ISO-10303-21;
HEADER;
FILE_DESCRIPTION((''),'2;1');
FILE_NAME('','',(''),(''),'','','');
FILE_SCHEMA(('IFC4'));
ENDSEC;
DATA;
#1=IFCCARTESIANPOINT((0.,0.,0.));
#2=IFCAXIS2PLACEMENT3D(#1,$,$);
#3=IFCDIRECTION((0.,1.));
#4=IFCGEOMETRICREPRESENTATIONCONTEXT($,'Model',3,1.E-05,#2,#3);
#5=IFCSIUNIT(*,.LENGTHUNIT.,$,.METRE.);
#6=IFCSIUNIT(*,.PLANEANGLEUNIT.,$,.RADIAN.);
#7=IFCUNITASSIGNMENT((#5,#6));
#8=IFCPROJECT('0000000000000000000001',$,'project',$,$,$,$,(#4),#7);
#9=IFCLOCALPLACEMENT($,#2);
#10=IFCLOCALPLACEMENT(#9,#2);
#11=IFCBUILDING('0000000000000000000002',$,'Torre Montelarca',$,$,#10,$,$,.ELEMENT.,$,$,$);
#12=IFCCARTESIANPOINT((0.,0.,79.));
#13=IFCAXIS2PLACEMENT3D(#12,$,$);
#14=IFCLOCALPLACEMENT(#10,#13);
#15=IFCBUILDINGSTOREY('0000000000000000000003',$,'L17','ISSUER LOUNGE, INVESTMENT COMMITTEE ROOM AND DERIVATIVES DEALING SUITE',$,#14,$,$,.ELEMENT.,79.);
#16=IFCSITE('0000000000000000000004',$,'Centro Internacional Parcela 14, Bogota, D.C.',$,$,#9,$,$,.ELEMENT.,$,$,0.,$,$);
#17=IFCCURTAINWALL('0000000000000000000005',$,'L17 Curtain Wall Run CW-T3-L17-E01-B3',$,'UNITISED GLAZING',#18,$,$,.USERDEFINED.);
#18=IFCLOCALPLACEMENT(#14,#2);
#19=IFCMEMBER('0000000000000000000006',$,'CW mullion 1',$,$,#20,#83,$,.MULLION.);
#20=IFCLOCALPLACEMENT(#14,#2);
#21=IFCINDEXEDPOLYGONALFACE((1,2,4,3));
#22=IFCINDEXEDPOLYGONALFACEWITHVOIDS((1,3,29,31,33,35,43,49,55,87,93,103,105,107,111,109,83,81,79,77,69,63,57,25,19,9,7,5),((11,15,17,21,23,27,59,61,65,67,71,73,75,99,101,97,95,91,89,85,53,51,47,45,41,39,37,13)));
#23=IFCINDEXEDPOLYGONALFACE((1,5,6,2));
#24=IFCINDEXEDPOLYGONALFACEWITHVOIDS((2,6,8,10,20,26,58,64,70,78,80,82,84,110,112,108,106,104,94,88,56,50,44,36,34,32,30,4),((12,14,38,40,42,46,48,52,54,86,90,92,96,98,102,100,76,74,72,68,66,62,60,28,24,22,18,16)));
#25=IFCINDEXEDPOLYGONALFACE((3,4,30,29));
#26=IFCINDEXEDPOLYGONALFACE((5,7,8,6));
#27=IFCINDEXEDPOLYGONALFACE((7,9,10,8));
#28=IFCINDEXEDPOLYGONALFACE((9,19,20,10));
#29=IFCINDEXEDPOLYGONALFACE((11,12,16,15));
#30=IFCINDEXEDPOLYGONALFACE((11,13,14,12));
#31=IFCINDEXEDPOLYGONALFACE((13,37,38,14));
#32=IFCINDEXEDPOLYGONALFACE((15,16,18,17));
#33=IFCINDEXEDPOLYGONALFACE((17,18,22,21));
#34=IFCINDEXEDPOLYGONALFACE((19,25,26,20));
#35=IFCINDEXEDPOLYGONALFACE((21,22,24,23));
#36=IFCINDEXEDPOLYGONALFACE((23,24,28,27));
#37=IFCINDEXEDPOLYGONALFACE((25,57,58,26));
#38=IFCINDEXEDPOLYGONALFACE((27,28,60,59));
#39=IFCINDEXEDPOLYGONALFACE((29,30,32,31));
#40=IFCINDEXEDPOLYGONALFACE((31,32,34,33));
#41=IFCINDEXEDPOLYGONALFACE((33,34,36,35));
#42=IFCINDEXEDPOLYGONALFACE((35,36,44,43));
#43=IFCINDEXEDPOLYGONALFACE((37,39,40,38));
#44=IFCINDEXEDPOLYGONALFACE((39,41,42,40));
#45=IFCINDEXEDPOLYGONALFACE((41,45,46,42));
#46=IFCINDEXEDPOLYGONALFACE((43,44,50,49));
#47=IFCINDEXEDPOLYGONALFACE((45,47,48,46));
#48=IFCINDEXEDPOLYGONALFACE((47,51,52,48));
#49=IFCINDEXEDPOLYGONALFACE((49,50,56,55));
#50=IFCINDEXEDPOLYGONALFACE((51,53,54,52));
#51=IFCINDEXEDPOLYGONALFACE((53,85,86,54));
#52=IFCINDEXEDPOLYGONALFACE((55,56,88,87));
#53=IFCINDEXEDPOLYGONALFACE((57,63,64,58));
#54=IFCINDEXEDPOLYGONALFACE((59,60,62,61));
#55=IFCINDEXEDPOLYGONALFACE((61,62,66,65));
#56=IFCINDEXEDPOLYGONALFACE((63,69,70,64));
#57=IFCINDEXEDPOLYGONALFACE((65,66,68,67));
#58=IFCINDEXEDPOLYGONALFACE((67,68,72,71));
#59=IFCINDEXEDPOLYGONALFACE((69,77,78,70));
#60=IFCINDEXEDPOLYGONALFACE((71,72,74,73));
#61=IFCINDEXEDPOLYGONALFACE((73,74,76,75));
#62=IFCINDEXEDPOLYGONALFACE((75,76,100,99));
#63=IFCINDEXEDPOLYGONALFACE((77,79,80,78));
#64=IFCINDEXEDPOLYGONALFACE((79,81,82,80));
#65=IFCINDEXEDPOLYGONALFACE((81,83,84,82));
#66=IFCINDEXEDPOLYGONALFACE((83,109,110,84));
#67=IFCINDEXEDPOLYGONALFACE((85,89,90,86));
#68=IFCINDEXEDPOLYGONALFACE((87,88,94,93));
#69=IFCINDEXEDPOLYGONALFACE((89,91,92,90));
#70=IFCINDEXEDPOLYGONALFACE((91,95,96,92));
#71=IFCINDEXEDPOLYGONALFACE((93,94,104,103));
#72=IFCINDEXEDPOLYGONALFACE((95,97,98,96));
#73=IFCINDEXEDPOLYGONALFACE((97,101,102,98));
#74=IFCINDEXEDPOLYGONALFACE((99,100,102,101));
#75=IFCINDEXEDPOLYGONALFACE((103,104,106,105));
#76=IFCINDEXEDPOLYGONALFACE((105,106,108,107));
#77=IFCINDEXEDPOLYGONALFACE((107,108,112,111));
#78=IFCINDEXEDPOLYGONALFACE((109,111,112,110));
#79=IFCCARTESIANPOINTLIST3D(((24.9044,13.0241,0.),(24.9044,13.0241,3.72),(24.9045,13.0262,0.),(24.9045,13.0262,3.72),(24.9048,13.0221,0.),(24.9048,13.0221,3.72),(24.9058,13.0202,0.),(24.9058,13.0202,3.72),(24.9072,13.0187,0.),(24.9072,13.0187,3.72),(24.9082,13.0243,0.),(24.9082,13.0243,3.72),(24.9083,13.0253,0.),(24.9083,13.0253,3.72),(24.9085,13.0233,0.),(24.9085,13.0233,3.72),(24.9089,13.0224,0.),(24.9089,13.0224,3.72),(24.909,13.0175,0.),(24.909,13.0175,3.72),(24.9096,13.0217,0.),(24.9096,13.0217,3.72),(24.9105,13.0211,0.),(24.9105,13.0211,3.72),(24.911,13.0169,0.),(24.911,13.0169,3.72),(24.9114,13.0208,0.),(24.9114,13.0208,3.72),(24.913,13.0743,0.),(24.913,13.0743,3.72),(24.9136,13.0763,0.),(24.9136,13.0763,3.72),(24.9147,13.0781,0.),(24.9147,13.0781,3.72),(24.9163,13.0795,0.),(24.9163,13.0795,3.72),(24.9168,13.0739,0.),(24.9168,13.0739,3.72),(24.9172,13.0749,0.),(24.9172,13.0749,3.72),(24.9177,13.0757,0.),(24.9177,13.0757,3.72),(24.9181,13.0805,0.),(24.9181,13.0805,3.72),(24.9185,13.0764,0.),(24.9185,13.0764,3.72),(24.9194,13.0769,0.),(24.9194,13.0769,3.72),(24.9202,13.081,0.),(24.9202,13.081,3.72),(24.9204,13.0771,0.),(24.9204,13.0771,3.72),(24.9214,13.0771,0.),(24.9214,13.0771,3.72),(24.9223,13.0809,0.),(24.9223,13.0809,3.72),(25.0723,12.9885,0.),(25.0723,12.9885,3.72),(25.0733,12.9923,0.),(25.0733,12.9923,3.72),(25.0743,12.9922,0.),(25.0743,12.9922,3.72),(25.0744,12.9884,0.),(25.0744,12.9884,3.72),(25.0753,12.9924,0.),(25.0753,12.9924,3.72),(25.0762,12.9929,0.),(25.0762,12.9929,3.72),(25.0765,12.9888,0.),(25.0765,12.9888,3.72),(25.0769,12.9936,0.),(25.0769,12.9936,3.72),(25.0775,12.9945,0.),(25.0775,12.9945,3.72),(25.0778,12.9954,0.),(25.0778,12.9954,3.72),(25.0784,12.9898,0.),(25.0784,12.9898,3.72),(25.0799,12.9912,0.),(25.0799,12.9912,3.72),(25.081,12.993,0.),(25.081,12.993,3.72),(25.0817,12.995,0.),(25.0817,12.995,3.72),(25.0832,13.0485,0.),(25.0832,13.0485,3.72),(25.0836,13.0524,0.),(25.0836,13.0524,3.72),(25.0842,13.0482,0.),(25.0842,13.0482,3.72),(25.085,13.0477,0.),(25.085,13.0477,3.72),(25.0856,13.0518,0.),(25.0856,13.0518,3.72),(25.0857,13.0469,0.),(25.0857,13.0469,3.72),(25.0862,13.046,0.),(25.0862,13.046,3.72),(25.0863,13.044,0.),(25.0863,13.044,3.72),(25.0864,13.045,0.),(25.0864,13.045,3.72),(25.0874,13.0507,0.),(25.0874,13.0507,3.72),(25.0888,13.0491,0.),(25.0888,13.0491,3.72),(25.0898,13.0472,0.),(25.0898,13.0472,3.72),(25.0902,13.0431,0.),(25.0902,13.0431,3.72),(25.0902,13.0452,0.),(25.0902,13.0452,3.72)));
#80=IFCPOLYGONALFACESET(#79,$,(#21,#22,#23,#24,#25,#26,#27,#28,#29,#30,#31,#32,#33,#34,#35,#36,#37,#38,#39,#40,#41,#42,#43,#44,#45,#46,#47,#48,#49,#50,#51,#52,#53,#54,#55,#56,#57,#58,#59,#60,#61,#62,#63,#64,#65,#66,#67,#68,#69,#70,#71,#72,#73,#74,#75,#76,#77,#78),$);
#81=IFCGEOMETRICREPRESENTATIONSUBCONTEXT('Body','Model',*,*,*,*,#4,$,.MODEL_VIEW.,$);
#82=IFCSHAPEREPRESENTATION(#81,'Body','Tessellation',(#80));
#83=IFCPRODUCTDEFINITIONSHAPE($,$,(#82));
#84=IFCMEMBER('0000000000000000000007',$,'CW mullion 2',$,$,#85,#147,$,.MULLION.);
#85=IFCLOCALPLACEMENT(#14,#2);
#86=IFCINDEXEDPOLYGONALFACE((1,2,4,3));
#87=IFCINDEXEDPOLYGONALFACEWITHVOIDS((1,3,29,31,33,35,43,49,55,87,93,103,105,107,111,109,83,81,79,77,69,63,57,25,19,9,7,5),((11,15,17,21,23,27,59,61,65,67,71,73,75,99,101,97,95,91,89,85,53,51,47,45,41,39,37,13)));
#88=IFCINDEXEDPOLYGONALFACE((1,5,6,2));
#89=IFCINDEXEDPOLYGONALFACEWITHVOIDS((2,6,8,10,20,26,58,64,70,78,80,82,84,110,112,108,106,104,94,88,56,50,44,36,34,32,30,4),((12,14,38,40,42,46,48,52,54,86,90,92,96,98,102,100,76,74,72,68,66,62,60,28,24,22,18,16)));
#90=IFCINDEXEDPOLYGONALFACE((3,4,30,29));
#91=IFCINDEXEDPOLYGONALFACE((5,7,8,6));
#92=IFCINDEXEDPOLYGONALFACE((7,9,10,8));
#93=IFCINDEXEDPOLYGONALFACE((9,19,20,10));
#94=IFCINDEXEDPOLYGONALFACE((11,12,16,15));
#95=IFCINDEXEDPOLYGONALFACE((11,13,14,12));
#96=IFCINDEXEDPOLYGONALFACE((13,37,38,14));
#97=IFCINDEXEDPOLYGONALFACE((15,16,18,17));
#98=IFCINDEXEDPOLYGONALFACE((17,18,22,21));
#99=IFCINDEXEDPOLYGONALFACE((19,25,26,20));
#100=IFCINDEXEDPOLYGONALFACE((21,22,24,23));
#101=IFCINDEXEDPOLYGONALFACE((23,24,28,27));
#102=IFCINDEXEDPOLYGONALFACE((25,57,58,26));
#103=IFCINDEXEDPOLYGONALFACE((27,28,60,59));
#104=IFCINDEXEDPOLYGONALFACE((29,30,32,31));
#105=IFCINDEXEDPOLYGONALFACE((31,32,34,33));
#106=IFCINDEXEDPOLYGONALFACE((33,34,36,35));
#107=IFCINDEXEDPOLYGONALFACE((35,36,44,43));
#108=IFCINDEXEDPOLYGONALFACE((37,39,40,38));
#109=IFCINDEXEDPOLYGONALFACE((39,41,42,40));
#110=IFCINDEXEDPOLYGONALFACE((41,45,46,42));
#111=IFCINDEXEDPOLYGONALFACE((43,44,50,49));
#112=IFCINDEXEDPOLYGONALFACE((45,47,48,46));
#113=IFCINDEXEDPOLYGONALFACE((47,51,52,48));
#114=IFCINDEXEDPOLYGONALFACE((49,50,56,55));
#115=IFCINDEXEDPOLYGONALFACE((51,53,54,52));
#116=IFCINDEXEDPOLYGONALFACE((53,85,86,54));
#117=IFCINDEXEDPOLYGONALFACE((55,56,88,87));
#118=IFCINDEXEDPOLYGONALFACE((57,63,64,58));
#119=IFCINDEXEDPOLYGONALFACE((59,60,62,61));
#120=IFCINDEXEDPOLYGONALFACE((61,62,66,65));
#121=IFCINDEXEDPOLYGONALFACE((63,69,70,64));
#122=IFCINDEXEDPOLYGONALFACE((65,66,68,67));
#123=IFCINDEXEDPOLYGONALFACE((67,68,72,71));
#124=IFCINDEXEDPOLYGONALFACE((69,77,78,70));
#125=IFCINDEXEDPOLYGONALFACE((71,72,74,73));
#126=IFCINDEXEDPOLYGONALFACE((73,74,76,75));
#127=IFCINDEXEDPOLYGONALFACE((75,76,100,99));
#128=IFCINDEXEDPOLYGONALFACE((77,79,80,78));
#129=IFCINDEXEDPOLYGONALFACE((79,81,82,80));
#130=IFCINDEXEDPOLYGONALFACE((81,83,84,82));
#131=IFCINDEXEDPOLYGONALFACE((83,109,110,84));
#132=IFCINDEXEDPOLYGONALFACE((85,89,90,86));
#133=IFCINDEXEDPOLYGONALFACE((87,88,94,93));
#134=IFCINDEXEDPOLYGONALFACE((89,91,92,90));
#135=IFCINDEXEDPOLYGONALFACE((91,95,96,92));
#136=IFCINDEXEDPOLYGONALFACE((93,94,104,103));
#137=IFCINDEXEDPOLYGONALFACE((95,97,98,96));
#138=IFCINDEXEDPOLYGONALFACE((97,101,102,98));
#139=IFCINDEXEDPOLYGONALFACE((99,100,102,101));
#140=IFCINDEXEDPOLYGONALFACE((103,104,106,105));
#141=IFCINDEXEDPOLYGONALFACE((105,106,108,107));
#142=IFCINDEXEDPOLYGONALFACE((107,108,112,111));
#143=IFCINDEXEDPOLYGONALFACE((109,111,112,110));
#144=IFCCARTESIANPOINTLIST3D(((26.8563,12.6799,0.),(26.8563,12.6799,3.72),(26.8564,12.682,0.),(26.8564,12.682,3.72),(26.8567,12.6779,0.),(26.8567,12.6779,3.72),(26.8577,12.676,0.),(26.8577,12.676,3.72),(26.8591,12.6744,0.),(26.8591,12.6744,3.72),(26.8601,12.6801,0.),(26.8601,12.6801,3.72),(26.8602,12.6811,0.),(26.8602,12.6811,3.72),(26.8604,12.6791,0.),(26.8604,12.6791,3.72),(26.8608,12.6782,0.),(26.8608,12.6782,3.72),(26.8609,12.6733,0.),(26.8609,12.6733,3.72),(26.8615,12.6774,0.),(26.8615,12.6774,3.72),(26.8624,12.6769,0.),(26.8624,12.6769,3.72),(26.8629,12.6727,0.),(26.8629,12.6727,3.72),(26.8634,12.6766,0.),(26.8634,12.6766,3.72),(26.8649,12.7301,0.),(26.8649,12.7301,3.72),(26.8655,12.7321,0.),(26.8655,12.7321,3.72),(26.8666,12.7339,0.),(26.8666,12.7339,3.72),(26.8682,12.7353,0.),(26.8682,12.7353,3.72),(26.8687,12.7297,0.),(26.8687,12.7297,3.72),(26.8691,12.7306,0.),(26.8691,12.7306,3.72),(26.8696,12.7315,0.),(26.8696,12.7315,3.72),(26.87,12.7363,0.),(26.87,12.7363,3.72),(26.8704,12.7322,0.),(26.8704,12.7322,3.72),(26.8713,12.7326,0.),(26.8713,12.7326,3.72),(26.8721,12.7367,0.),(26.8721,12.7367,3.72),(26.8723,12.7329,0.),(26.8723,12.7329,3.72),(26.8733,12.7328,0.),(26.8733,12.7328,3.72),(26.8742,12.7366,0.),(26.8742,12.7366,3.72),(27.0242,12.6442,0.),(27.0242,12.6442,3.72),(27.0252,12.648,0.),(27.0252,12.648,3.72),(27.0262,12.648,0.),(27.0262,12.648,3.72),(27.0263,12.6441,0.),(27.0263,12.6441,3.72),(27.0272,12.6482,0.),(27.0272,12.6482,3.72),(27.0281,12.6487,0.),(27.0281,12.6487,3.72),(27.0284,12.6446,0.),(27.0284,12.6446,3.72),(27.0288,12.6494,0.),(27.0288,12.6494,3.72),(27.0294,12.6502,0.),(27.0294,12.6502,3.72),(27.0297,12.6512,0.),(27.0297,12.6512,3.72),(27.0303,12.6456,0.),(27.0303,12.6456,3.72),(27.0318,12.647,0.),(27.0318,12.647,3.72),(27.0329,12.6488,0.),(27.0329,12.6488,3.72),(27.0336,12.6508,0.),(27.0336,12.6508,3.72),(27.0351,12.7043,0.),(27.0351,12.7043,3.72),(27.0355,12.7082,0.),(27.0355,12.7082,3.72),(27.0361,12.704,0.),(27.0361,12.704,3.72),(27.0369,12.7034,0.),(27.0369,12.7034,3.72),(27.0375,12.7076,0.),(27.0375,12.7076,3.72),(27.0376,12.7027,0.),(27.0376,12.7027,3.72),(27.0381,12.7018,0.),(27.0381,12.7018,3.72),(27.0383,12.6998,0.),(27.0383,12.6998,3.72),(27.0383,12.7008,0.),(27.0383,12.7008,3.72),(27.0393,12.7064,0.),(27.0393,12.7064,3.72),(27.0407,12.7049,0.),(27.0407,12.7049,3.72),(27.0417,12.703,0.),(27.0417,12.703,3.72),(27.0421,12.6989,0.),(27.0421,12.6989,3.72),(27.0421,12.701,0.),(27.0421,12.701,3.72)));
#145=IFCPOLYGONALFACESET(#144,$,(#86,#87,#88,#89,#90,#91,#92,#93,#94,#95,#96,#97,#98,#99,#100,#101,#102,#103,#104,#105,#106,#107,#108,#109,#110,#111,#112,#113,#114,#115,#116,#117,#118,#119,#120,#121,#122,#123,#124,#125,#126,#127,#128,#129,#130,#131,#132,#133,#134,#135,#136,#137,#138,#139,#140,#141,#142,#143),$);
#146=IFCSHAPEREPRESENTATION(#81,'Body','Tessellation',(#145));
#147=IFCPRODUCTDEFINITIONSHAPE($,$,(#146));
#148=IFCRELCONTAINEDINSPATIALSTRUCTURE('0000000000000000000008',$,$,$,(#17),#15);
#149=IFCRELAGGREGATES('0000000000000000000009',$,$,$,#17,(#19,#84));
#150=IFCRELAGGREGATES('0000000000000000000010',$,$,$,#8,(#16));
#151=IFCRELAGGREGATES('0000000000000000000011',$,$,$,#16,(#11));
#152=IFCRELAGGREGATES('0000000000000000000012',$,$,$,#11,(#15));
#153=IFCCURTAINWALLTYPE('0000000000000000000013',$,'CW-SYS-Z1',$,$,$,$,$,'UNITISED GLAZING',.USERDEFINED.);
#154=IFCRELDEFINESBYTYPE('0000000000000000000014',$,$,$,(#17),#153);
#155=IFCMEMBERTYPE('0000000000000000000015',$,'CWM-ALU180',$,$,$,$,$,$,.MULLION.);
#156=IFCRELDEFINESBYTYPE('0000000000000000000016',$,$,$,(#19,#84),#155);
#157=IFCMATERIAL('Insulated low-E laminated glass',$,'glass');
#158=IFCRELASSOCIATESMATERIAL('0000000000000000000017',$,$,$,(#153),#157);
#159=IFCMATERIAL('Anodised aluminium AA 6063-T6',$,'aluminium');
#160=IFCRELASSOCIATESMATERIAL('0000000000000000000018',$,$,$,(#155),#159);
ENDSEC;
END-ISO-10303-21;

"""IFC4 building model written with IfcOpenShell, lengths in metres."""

from ifc_helpers import new_model, si_unit, direction, frame, origin, origin_2d, place, context, subcontext, project, spatial, hollow_rectangle, extrude, source, transform, mapped, material, material_profile, profile_set, type_object, element, aggregate, save


model = new_model("IFC4")

# Units and contexts
model_context = context("Model", 3, precision=1e-05, world=origin(), true_north=direction((0.0, 1.0)))
body_context = subcontext(model_context, "Body", "Model", "MODEL_VIEW")
ifc_project = project(units=[si_unit("LENGTHUNIT", "METRE"), si_unit("PLANEANGLEUNIT", "RADIAN")], contexts=[model_context])

# Site, building, storey
site_placement = place(None, origin())
site = spatial("IfcSite", under=ifc_project, at=site_placement, Name="Centro Internacional Parcela 14, Bogota, D.C.", CompositionType="ELEMENT", RefElevation=0.0)
building_placement = place(site_placement, origin())
building = spatial("IfcBuilding", under=site, at=building_placement, Name="Torre Montelarca", CompositionType="ELEMENT")
storey_placement = place(building_placement, frame((0.0, 0.0, 79.0)))
storey = spatial("IfcBuildingStorey", under=building, at=storey_placement, Name="L17", Description="ISSUER LOUNGE, INVESTMENT COMMITTEE ROOM AND DERIVATIVES DEALING SUITE", CompositionType="ELEMENT", Elevation=79.0)

# Curtain wall
ifc_material_1 = material(Name="Insulated low-E laminated glass", Category="glass")
curtain_wall_type = type_object("IfcCurtainWallType", Name="CW-SYS-Z1", ElementType="UNITISED GLAZING", PredefinedType="USERDEFINED", material=ifc_material_1)
curtain_wall_1_placement = place(storey_placement, origin())
curtain_wall_1 = element("IfcCurtainWall", 1, at=curtain_wall_1_placement, inside=storey, type_object=curtain_wall_type, Name="L17 Curtain Wall Run CW-T3-L17-E01-B3", ObjectType="UNITISED GLAZING", PredefinedType="USERDEFINED")
ifc_material_2 = material(Name="Anodised aluminium AA 6063-T6", Category="aluminium")

# Members
ifc_material_profile_1 = material_profile(ifc_material_2, hollow_rectangle(XDim=0.0649, YDim=0.1799, WallThickness=0.0039, InnerFilletRadius=0.0039, OuterFilletRadius=0.0081, at=origin_2d()), Name="ALU65X180X4", Category="aluminium")
ifc_profile_set_1 = profile_set([ifc_material_profile_1], Name="Anodised aluminium AA 6063-T6")
member_type_1 = type_object("IfcMemberType", Name="CWM-ALU180", PredefinedType="MULLION", material=ifc_profile_set_1)
shared_shape_1 = source(origin(), body_context, "Body", "SweptSolid", [
    extrude(hollow_rectangle(XDim=0.0649, YDim=0.1799, WallThickness=0.0039, InnerFilletRadius=0.0039, OuterFilletRadius=0.0081, at=origin_2d()), origin(), (0.0, 0.0, 1.0), 3.72),
])
member_1_placement = place(storey_placement, frame((24.9973, 13.0347, 0.0), z_axis=(0.0, 0.0, 1.0), x_axis=(0.173637, 0.98481, 0.0)))
member_1 = element("IfcMember", 2, at=member_1_placement, type_object=member_type_1, Name="CW mullion 1", PredefinedType="MULLION", context=body_context, shape_type="MappedRepresentation", body=[
    mapped(shared_shape_1, transform((0.0, 0.0, 0.0), scale=1.0)),
])
member_2_placement = place(storey_placement, frame((26.9492, 12.6904, 0.0), z_axis=(0.0, 0.0, 1.0), x_axis=(0.173637, 0.98481, 0.0)))
member_2 = element("IfcMember", 3, at=member_2_placement, type_object=member_type_1, Name="CW mullion 2", PredefinedType="MULLION", context=body_context, shape_type="MappedRepresentation", body=[
    mapped(shared_shape_1, transform((0.0, 0.0, 0.0), scale=1.0)),
])

aggregate(curtain_wall_1, [member_1, member_2])

save(model, "model.ifc")
